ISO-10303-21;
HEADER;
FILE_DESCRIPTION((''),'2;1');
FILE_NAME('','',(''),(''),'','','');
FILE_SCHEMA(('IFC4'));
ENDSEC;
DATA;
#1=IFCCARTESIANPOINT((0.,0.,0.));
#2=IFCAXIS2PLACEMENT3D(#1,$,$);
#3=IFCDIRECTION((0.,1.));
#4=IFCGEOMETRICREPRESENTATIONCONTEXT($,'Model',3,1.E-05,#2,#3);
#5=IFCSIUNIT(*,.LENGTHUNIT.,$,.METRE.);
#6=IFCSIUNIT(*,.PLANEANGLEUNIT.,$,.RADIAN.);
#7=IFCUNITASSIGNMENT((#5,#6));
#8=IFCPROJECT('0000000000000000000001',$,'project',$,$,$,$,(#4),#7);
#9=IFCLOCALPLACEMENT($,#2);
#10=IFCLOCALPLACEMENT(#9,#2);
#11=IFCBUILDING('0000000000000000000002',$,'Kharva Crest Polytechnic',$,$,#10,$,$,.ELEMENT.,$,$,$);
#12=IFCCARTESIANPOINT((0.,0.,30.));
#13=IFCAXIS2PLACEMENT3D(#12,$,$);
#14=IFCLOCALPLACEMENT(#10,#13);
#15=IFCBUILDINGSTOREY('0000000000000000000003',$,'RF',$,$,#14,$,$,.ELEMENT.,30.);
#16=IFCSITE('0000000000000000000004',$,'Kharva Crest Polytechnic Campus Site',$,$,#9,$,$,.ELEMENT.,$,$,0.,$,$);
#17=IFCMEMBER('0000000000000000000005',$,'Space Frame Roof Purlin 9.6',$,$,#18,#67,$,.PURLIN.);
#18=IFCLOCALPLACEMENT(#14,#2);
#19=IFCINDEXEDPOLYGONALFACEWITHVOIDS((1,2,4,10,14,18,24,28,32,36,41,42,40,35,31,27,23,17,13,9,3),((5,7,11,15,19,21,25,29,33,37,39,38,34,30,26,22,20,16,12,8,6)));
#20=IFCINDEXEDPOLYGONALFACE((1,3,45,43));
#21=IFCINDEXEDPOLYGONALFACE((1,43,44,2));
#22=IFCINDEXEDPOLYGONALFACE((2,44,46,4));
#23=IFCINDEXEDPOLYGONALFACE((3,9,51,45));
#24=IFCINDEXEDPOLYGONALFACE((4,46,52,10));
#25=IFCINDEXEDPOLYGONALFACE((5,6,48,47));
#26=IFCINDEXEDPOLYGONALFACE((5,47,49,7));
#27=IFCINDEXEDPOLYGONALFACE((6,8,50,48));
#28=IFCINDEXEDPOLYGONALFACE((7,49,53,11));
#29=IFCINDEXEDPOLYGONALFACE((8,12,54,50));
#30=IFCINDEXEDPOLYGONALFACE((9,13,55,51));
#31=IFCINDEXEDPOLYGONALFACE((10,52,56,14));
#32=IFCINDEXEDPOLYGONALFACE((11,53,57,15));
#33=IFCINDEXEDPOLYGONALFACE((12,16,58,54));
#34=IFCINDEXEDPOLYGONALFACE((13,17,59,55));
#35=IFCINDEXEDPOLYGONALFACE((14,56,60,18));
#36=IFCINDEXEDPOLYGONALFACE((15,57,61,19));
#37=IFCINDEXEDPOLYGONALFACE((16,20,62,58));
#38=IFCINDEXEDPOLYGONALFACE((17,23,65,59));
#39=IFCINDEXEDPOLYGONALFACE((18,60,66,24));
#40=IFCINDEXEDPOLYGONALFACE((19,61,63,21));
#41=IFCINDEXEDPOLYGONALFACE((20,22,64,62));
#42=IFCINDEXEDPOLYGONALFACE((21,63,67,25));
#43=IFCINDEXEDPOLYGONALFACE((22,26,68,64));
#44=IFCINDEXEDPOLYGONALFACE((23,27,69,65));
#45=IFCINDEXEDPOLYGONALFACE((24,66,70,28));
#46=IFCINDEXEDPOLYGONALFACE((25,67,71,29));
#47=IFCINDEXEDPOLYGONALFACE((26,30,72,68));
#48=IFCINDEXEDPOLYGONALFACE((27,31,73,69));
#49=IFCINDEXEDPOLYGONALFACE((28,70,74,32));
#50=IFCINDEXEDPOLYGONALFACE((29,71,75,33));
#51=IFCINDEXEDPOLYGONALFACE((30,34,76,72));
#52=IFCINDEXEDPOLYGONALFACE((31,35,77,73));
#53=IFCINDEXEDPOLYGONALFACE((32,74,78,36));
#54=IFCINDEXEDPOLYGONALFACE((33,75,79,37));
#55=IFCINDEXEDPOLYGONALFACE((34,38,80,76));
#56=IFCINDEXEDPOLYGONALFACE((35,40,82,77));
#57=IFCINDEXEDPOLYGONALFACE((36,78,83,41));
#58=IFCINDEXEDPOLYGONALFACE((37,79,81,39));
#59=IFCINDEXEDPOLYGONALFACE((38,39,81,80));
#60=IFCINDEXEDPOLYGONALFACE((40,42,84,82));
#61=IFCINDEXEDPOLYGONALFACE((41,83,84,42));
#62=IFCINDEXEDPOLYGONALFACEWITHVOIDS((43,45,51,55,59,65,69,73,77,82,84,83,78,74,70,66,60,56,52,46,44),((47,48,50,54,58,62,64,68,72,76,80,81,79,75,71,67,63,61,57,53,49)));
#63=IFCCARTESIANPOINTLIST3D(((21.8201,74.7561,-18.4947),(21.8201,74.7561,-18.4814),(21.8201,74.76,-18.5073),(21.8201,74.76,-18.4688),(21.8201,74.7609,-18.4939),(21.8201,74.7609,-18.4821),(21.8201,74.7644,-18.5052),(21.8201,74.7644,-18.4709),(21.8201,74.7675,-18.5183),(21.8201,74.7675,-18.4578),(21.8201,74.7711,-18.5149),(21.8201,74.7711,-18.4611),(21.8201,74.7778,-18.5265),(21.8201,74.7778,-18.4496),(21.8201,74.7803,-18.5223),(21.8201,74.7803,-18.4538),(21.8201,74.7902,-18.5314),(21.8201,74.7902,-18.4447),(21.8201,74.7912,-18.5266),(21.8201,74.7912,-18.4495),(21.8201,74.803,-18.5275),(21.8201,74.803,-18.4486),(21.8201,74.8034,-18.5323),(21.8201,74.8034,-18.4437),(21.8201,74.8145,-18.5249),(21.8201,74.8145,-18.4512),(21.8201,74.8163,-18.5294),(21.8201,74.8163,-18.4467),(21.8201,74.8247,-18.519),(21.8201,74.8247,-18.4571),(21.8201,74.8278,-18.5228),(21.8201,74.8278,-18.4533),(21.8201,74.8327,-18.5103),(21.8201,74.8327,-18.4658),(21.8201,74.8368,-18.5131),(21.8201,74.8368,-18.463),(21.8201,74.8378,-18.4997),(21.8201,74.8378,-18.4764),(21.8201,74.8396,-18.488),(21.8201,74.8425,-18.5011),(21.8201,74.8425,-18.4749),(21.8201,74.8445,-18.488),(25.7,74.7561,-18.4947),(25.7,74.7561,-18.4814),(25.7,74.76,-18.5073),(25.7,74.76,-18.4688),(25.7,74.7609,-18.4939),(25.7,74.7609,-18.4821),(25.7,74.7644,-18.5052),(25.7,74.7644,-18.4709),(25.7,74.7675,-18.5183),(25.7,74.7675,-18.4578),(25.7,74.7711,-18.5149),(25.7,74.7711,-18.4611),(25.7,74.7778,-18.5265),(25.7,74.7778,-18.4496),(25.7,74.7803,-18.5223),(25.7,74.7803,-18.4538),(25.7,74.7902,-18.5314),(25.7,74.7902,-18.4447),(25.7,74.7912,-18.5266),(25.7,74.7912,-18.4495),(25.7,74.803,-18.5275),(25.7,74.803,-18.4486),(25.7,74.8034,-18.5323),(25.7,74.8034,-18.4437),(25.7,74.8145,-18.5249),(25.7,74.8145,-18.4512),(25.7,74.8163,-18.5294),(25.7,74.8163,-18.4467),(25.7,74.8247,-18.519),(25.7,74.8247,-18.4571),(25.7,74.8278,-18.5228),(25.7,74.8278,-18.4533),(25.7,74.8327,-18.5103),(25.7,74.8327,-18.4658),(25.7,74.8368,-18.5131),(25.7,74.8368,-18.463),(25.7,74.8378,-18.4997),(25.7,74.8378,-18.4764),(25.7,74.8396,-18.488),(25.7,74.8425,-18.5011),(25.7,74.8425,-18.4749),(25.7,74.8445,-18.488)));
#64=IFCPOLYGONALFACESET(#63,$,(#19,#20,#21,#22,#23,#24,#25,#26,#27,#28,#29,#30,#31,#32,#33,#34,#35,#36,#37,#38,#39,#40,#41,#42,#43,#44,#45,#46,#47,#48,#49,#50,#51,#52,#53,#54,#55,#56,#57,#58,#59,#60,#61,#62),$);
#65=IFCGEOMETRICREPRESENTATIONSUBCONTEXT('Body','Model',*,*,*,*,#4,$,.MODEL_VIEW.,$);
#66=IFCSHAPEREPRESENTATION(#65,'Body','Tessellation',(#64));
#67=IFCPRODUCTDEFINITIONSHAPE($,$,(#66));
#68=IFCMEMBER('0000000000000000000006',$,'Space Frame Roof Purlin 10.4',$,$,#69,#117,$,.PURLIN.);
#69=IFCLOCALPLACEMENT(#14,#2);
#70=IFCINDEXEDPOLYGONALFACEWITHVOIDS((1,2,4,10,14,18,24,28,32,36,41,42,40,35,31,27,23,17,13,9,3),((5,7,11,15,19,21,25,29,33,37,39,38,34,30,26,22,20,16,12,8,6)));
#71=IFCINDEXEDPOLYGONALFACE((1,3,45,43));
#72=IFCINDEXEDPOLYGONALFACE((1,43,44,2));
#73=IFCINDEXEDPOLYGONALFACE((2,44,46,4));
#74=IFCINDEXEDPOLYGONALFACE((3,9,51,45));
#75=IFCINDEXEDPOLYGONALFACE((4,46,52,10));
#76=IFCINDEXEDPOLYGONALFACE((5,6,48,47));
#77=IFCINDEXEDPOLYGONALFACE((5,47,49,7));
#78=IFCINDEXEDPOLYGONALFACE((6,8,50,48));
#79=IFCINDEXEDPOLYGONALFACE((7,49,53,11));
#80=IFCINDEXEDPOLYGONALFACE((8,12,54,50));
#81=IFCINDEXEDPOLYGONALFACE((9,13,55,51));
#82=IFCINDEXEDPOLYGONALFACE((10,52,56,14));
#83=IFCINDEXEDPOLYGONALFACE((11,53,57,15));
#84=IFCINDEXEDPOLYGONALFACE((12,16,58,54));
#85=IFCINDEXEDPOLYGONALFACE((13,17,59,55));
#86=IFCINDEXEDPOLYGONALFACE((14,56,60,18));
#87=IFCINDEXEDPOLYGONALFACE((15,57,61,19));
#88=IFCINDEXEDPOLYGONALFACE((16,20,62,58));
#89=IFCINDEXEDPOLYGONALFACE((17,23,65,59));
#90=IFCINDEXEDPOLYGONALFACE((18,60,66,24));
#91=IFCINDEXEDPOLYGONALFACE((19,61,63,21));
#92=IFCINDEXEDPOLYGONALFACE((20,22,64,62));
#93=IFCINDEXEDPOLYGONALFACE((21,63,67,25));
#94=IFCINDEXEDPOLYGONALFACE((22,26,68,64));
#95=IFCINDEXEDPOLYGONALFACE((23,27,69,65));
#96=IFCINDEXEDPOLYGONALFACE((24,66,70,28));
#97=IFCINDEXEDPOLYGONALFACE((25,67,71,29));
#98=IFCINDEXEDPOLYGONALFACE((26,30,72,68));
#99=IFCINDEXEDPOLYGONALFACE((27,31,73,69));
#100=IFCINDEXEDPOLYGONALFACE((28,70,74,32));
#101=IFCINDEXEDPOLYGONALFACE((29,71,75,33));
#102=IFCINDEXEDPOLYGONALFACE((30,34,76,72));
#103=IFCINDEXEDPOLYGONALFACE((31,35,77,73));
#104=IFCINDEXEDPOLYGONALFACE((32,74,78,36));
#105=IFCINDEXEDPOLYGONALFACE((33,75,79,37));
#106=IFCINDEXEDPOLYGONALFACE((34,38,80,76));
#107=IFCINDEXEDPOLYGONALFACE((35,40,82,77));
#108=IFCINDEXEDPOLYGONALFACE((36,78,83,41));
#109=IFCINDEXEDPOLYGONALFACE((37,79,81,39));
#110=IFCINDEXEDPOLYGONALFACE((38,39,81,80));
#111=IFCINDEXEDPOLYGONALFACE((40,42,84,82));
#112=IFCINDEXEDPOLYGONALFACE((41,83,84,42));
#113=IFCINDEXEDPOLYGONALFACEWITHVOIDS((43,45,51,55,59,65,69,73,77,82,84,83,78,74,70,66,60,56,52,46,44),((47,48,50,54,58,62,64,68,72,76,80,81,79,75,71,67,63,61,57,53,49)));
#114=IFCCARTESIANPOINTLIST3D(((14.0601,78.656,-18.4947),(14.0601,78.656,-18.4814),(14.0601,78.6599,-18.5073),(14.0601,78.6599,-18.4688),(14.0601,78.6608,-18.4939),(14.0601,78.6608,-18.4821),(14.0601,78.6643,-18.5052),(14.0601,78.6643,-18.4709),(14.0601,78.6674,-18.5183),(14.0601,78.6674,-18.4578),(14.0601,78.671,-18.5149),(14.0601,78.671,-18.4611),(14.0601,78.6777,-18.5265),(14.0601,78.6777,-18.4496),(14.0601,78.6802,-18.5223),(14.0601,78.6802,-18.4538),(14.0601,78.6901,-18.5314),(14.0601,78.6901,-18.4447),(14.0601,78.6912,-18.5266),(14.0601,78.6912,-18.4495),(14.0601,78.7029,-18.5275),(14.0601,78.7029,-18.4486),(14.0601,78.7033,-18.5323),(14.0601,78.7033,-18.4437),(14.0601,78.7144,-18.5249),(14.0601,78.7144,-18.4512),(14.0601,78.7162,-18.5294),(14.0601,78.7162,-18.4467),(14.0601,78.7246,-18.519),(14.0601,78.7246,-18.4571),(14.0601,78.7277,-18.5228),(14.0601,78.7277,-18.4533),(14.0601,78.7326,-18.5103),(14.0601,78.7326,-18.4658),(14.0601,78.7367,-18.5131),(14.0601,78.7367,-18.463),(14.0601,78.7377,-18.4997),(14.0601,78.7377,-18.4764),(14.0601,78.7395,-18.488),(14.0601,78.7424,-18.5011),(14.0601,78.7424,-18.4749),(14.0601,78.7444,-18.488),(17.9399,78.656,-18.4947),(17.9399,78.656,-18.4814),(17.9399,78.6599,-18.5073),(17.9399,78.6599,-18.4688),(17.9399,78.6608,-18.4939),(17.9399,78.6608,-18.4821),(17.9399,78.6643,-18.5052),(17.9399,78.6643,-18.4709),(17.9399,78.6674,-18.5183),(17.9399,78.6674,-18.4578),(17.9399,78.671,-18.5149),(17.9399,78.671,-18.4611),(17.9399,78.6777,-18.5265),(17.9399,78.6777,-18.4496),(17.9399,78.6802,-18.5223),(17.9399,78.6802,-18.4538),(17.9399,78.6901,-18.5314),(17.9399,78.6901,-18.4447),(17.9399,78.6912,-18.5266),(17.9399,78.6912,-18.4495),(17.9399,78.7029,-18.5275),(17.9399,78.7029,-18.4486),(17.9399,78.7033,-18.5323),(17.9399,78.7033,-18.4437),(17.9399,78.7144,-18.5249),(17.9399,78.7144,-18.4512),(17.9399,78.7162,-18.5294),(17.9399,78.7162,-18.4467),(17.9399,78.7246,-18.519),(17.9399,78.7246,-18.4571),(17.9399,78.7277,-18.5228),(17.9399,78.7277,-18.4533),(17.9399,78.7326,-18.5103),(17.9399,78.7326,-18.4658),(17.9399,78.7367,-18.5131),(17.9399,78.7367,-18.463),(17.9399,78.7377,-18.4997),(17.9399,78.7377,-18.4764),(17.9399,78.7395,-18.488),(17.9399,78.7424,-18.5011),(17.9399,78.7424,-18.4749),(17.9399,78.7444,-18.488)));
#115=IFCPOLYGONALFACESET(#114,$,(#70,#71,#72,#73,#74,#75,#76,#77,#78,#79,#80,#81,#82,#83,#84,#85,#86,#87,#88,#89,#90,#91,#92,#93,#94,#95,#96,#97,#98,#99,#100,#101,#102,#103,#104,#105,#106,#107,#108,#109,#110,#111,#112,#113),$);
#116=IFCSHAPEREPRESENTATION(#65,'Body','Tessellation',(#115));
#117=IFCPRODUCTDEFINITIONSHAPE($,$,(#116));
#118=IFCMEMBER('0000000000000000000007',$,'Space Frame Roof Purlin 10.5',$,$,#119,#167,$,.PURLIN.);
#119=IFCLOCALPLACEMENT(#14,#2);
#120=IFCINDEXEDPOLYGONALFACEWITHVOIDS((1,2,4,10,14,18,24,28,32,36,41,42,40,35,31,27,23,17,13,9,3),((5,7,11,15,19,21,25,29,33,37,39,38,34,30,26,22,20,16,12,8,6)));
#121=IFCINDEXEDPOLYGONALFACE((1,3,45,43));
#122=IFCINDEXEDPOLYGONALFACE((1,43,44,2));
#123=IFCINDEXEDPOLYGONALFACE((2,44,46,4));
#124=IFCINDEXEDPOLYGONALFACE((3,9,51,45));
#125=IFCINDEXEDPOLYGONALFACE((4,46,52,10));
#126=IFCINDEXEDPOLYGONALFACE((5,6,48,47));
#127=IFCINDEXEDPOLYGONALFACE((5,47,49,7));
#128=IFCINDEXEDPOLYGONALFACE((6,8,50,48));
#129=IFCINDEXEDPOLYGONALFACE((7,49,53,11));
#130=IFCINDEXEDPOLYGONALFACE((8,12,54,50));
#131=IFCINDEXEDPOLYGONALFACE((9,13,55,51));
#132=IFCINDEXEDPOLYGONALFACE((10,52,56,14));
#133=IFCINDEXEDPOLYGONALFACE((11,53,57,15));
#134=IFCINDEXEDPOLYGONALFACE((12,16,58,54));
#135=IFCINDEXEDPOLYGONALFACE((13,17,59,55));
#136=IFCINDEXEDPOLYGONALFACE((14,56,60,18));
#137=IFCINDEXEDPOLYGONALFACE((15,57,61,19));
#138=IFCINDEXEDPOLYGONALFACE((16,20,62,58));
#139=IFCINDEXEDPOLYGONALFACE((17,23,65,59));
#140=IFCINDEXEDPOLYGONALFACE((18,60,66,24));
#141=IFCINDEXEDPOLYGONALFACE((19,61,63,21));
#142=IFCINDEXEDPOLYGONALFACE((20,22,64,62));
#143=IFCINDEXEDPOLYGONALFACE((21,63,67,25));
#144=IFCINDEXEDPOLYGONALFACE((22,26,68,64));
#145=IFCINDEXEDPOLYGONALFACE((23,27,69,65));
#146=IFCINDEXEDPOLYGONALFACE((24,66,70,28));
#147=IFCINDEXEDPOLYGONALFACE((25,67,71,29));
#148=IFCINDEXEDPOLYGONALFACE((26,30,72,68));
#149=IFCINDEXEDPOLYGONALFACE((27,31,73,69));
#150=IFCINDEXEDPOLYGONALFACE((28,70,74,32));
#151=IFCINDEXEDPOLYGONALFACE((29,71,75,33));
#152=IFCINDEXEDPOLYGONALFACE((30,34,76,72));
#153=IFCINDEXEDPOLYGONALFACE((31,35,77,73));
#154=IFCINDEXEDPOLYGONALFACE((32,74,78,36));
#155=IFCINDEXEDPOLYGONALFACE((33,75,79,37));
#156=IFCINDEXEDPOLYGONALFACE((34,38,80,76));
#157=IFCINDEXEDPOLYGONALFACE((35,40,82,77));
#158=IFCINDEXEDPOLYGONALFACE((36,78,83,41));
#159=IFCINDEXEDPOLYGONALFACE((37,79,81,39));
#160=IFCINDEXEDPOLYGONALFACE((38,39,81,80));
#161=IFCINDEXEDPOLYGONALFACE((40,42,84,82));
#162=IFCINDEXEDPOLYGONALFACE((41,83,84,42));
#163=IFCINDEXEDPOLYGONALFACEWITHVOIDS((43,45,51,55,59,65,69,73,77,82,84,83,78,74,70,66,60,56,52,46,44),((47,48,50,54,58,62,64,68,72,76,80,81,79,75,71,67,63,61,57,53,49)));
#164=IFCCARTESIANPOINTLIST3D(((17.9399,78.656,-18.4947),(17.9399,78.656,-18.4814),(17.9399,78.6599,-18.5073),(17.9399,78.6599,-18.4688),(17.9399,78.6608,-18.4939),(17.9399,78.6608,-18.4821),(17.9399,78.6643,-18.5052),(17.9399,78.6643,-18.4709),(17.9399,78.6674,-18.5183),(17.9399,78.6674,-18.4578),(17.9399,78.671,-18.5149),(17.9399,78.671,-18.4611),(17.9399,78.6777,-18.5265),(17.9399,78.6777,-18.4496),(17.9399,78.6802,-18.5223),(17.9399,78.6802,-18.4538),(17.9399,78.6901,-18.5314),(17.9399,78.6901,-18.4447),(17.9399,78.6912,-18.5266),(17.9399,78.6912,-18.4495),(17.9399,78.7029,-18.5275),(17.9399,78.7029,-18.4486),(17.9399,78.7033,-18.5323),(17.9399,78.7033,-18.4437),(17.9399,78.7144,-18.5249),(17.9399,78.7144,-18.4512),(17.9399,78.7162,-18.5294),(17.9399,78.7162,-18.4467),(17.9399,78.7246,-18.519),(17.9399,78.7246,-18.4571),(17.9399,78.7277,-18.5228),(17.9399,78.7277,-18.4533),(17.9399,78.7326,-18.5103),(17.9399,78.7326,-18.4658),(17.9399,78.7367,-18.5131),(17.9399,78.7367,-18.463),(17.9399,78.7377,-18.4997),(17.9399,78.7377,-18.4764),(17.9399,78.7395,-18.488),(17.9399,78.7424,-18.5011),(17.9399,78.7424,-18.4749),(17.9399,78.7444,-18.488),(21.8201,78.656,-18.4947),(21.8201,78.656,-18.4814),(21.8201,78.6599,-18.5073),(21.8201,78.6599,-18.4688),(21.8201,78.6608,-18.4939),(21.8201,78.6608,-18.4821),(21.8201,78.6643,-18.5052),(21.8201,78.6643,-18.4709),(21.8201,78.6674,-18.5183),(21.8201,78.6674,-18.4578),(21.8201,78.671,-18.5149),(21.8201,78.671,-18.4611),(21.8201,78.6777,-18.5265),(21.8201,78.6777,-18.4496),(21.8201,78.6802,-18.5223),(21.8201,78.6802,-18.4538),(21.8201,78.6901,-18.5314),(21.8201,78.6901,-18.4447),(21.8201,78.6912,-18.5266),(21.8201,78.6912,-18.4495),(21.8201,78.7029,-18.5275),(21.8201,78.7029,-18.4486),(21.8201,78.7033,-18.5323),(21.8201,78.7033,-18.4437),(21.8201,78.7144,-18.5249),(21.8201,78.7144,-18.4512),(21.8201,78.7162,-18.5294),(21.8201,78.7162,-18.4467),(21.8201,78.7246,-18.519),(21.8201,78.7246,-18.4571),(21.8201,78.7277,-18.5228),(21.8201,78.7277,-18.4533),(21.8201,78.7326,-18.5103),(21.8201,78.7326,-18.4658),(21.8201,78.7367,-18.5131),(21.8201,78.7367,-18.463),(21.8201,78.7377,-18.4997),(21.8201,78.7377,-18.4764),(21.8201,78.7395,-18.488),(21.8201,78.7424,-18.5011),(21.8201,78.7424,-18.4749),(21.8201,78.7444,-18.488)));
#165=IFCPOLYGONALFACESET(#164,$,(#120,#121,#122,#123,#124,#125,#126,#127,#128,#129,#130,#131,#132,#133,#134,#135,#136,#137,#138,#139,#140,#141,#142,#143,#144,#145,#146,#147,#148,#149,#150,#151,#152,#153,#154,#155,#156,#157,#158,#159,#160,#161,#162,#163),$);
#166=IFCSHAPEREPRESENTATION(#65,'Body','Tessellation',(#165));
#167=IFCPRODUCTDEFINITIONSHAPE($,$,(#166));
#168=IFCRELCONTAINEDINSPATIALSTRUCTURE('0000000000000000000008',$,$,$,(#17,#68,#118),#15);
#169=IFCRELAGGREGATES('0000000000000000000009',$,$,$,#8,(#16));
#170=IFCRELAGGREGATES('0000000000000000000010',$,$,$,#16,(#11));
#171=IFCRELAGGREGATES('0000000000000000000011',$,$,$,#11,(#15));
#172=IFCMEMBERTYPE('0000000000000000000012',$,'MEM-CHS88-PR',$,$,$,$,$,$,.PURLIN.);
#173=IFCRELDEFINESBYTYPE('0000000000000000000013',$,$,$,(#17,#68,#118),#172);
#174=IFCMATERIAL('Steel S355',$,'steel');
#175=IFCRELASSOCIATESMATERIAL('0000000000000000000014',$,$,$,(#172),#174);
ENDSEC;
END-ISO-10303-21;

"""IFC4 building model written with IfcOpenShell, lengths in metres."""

from ifc_helpers import new_model, si_unit, direction, frame, origin, origin_2d, place, context, subcontext, project, spatial, hollow_circle, extrude, material, material_profile, profile_set, type_object, element, save


model = new_model("IFC4")

# Units and contexts
model_context = context("Model", 3, precision=1e-05, world=origin(), true_north=direction((0.0, 1.0)))
body_context = subcontext(model_context, "Body", "Model", "MODEL_VIEW")
ifc_project = project(units=[si_unit("LENGTHUNIT", "METRE"), si_unit("PLANEANGLEUNIT", "RADIAN")], contexts=[model_context])

# Site, building, storey
site_placement = place(None, origin())
site = spatial("IfcSite", under=ifc_project, at=site_placement, Name="Kharva Crest Polytechnic Campus Site", CompositionType="ELEMENT", RefElevation=0.0)
building_placement = place(site_placement, origin())
building = spatial("IfcBuilding", under=site, at=building_placement, Name="Kharva Crest Polytechnic", CompositionType="ELEMENT")
storey_placement = place(building_placement, frame((0.0, 0.0, 30.0)))
storey = spatial("IfcBuildingStorey", under=building, at=storey_placement, Name="RF", CompositionType="ELEMENT", Elevation=30.0)

# Members
ifc_material = material(Name="Steel S355", Category="steel")
ifc_material_profile = material_profile(ifc_material, hollow_circle(Radius=0.0444, WallThickness=0.0049, at=origin_2d()), Name="CHS 88.9X5.0")
ifc_profile_set = profile_set([ifc_material_profile], Name="Steel S355")
member_type = type_object("IfcMemberType", Name="MEM-CHS88-PR", PredefinedType="PURLIN", material=ifc_profile_set)
for number, where, z_axis, x_axis, name in (
    (1, (21.8201, 74.8, -18.488), (1.0, 0.0, 0.0), (0.0, 1.0, 0.0), "Space Frame Roof Purlin 9.6"),
    (2, (14.0601, 78.7, -18.488), (1.0, 0.0, 0.0), (0.0, 1.0, 0.0), "Space Frame Roof Purlin 10.4"),
):
    element("IfcMember", number, at=place(storey_placement, frame(where, z_axis=z_axis, x_axis=x_axis)), inside=storey, type_object=member_type, Name=name, PredefinedType="PURLIN", context=body_context, shape_type="SweptSolid", body=[
        extrude(hollow_circle(Radius=0.0444, WallThickness=0.0049, at=origin_2d()), origin(), (0.0, 0.0, 1.0), 3.8799),
    ])
member_1_placement = place(storey_placement, frame((17.9399, 78.7, -18.488), z_axis=(1.0, 0.0, 0.0), x_axis=(0.0, 1.0, 0.0)))
element("IfcMember", 3, at=member_1_placement, inside=storey, type_object=member_type, Name="Space Frame Roof Purlin 10.5", PredefinedType="PURLIN", context=body_context, shape_type="SweptSolid", body=[
    extrude(hollow_circle(Radius=0.0444, WallThickness=0.0049, at=origin_2d()), origin(), (0.0, 0.0, 1.0), 3.8801),
])

save(model, "model.ifc")
